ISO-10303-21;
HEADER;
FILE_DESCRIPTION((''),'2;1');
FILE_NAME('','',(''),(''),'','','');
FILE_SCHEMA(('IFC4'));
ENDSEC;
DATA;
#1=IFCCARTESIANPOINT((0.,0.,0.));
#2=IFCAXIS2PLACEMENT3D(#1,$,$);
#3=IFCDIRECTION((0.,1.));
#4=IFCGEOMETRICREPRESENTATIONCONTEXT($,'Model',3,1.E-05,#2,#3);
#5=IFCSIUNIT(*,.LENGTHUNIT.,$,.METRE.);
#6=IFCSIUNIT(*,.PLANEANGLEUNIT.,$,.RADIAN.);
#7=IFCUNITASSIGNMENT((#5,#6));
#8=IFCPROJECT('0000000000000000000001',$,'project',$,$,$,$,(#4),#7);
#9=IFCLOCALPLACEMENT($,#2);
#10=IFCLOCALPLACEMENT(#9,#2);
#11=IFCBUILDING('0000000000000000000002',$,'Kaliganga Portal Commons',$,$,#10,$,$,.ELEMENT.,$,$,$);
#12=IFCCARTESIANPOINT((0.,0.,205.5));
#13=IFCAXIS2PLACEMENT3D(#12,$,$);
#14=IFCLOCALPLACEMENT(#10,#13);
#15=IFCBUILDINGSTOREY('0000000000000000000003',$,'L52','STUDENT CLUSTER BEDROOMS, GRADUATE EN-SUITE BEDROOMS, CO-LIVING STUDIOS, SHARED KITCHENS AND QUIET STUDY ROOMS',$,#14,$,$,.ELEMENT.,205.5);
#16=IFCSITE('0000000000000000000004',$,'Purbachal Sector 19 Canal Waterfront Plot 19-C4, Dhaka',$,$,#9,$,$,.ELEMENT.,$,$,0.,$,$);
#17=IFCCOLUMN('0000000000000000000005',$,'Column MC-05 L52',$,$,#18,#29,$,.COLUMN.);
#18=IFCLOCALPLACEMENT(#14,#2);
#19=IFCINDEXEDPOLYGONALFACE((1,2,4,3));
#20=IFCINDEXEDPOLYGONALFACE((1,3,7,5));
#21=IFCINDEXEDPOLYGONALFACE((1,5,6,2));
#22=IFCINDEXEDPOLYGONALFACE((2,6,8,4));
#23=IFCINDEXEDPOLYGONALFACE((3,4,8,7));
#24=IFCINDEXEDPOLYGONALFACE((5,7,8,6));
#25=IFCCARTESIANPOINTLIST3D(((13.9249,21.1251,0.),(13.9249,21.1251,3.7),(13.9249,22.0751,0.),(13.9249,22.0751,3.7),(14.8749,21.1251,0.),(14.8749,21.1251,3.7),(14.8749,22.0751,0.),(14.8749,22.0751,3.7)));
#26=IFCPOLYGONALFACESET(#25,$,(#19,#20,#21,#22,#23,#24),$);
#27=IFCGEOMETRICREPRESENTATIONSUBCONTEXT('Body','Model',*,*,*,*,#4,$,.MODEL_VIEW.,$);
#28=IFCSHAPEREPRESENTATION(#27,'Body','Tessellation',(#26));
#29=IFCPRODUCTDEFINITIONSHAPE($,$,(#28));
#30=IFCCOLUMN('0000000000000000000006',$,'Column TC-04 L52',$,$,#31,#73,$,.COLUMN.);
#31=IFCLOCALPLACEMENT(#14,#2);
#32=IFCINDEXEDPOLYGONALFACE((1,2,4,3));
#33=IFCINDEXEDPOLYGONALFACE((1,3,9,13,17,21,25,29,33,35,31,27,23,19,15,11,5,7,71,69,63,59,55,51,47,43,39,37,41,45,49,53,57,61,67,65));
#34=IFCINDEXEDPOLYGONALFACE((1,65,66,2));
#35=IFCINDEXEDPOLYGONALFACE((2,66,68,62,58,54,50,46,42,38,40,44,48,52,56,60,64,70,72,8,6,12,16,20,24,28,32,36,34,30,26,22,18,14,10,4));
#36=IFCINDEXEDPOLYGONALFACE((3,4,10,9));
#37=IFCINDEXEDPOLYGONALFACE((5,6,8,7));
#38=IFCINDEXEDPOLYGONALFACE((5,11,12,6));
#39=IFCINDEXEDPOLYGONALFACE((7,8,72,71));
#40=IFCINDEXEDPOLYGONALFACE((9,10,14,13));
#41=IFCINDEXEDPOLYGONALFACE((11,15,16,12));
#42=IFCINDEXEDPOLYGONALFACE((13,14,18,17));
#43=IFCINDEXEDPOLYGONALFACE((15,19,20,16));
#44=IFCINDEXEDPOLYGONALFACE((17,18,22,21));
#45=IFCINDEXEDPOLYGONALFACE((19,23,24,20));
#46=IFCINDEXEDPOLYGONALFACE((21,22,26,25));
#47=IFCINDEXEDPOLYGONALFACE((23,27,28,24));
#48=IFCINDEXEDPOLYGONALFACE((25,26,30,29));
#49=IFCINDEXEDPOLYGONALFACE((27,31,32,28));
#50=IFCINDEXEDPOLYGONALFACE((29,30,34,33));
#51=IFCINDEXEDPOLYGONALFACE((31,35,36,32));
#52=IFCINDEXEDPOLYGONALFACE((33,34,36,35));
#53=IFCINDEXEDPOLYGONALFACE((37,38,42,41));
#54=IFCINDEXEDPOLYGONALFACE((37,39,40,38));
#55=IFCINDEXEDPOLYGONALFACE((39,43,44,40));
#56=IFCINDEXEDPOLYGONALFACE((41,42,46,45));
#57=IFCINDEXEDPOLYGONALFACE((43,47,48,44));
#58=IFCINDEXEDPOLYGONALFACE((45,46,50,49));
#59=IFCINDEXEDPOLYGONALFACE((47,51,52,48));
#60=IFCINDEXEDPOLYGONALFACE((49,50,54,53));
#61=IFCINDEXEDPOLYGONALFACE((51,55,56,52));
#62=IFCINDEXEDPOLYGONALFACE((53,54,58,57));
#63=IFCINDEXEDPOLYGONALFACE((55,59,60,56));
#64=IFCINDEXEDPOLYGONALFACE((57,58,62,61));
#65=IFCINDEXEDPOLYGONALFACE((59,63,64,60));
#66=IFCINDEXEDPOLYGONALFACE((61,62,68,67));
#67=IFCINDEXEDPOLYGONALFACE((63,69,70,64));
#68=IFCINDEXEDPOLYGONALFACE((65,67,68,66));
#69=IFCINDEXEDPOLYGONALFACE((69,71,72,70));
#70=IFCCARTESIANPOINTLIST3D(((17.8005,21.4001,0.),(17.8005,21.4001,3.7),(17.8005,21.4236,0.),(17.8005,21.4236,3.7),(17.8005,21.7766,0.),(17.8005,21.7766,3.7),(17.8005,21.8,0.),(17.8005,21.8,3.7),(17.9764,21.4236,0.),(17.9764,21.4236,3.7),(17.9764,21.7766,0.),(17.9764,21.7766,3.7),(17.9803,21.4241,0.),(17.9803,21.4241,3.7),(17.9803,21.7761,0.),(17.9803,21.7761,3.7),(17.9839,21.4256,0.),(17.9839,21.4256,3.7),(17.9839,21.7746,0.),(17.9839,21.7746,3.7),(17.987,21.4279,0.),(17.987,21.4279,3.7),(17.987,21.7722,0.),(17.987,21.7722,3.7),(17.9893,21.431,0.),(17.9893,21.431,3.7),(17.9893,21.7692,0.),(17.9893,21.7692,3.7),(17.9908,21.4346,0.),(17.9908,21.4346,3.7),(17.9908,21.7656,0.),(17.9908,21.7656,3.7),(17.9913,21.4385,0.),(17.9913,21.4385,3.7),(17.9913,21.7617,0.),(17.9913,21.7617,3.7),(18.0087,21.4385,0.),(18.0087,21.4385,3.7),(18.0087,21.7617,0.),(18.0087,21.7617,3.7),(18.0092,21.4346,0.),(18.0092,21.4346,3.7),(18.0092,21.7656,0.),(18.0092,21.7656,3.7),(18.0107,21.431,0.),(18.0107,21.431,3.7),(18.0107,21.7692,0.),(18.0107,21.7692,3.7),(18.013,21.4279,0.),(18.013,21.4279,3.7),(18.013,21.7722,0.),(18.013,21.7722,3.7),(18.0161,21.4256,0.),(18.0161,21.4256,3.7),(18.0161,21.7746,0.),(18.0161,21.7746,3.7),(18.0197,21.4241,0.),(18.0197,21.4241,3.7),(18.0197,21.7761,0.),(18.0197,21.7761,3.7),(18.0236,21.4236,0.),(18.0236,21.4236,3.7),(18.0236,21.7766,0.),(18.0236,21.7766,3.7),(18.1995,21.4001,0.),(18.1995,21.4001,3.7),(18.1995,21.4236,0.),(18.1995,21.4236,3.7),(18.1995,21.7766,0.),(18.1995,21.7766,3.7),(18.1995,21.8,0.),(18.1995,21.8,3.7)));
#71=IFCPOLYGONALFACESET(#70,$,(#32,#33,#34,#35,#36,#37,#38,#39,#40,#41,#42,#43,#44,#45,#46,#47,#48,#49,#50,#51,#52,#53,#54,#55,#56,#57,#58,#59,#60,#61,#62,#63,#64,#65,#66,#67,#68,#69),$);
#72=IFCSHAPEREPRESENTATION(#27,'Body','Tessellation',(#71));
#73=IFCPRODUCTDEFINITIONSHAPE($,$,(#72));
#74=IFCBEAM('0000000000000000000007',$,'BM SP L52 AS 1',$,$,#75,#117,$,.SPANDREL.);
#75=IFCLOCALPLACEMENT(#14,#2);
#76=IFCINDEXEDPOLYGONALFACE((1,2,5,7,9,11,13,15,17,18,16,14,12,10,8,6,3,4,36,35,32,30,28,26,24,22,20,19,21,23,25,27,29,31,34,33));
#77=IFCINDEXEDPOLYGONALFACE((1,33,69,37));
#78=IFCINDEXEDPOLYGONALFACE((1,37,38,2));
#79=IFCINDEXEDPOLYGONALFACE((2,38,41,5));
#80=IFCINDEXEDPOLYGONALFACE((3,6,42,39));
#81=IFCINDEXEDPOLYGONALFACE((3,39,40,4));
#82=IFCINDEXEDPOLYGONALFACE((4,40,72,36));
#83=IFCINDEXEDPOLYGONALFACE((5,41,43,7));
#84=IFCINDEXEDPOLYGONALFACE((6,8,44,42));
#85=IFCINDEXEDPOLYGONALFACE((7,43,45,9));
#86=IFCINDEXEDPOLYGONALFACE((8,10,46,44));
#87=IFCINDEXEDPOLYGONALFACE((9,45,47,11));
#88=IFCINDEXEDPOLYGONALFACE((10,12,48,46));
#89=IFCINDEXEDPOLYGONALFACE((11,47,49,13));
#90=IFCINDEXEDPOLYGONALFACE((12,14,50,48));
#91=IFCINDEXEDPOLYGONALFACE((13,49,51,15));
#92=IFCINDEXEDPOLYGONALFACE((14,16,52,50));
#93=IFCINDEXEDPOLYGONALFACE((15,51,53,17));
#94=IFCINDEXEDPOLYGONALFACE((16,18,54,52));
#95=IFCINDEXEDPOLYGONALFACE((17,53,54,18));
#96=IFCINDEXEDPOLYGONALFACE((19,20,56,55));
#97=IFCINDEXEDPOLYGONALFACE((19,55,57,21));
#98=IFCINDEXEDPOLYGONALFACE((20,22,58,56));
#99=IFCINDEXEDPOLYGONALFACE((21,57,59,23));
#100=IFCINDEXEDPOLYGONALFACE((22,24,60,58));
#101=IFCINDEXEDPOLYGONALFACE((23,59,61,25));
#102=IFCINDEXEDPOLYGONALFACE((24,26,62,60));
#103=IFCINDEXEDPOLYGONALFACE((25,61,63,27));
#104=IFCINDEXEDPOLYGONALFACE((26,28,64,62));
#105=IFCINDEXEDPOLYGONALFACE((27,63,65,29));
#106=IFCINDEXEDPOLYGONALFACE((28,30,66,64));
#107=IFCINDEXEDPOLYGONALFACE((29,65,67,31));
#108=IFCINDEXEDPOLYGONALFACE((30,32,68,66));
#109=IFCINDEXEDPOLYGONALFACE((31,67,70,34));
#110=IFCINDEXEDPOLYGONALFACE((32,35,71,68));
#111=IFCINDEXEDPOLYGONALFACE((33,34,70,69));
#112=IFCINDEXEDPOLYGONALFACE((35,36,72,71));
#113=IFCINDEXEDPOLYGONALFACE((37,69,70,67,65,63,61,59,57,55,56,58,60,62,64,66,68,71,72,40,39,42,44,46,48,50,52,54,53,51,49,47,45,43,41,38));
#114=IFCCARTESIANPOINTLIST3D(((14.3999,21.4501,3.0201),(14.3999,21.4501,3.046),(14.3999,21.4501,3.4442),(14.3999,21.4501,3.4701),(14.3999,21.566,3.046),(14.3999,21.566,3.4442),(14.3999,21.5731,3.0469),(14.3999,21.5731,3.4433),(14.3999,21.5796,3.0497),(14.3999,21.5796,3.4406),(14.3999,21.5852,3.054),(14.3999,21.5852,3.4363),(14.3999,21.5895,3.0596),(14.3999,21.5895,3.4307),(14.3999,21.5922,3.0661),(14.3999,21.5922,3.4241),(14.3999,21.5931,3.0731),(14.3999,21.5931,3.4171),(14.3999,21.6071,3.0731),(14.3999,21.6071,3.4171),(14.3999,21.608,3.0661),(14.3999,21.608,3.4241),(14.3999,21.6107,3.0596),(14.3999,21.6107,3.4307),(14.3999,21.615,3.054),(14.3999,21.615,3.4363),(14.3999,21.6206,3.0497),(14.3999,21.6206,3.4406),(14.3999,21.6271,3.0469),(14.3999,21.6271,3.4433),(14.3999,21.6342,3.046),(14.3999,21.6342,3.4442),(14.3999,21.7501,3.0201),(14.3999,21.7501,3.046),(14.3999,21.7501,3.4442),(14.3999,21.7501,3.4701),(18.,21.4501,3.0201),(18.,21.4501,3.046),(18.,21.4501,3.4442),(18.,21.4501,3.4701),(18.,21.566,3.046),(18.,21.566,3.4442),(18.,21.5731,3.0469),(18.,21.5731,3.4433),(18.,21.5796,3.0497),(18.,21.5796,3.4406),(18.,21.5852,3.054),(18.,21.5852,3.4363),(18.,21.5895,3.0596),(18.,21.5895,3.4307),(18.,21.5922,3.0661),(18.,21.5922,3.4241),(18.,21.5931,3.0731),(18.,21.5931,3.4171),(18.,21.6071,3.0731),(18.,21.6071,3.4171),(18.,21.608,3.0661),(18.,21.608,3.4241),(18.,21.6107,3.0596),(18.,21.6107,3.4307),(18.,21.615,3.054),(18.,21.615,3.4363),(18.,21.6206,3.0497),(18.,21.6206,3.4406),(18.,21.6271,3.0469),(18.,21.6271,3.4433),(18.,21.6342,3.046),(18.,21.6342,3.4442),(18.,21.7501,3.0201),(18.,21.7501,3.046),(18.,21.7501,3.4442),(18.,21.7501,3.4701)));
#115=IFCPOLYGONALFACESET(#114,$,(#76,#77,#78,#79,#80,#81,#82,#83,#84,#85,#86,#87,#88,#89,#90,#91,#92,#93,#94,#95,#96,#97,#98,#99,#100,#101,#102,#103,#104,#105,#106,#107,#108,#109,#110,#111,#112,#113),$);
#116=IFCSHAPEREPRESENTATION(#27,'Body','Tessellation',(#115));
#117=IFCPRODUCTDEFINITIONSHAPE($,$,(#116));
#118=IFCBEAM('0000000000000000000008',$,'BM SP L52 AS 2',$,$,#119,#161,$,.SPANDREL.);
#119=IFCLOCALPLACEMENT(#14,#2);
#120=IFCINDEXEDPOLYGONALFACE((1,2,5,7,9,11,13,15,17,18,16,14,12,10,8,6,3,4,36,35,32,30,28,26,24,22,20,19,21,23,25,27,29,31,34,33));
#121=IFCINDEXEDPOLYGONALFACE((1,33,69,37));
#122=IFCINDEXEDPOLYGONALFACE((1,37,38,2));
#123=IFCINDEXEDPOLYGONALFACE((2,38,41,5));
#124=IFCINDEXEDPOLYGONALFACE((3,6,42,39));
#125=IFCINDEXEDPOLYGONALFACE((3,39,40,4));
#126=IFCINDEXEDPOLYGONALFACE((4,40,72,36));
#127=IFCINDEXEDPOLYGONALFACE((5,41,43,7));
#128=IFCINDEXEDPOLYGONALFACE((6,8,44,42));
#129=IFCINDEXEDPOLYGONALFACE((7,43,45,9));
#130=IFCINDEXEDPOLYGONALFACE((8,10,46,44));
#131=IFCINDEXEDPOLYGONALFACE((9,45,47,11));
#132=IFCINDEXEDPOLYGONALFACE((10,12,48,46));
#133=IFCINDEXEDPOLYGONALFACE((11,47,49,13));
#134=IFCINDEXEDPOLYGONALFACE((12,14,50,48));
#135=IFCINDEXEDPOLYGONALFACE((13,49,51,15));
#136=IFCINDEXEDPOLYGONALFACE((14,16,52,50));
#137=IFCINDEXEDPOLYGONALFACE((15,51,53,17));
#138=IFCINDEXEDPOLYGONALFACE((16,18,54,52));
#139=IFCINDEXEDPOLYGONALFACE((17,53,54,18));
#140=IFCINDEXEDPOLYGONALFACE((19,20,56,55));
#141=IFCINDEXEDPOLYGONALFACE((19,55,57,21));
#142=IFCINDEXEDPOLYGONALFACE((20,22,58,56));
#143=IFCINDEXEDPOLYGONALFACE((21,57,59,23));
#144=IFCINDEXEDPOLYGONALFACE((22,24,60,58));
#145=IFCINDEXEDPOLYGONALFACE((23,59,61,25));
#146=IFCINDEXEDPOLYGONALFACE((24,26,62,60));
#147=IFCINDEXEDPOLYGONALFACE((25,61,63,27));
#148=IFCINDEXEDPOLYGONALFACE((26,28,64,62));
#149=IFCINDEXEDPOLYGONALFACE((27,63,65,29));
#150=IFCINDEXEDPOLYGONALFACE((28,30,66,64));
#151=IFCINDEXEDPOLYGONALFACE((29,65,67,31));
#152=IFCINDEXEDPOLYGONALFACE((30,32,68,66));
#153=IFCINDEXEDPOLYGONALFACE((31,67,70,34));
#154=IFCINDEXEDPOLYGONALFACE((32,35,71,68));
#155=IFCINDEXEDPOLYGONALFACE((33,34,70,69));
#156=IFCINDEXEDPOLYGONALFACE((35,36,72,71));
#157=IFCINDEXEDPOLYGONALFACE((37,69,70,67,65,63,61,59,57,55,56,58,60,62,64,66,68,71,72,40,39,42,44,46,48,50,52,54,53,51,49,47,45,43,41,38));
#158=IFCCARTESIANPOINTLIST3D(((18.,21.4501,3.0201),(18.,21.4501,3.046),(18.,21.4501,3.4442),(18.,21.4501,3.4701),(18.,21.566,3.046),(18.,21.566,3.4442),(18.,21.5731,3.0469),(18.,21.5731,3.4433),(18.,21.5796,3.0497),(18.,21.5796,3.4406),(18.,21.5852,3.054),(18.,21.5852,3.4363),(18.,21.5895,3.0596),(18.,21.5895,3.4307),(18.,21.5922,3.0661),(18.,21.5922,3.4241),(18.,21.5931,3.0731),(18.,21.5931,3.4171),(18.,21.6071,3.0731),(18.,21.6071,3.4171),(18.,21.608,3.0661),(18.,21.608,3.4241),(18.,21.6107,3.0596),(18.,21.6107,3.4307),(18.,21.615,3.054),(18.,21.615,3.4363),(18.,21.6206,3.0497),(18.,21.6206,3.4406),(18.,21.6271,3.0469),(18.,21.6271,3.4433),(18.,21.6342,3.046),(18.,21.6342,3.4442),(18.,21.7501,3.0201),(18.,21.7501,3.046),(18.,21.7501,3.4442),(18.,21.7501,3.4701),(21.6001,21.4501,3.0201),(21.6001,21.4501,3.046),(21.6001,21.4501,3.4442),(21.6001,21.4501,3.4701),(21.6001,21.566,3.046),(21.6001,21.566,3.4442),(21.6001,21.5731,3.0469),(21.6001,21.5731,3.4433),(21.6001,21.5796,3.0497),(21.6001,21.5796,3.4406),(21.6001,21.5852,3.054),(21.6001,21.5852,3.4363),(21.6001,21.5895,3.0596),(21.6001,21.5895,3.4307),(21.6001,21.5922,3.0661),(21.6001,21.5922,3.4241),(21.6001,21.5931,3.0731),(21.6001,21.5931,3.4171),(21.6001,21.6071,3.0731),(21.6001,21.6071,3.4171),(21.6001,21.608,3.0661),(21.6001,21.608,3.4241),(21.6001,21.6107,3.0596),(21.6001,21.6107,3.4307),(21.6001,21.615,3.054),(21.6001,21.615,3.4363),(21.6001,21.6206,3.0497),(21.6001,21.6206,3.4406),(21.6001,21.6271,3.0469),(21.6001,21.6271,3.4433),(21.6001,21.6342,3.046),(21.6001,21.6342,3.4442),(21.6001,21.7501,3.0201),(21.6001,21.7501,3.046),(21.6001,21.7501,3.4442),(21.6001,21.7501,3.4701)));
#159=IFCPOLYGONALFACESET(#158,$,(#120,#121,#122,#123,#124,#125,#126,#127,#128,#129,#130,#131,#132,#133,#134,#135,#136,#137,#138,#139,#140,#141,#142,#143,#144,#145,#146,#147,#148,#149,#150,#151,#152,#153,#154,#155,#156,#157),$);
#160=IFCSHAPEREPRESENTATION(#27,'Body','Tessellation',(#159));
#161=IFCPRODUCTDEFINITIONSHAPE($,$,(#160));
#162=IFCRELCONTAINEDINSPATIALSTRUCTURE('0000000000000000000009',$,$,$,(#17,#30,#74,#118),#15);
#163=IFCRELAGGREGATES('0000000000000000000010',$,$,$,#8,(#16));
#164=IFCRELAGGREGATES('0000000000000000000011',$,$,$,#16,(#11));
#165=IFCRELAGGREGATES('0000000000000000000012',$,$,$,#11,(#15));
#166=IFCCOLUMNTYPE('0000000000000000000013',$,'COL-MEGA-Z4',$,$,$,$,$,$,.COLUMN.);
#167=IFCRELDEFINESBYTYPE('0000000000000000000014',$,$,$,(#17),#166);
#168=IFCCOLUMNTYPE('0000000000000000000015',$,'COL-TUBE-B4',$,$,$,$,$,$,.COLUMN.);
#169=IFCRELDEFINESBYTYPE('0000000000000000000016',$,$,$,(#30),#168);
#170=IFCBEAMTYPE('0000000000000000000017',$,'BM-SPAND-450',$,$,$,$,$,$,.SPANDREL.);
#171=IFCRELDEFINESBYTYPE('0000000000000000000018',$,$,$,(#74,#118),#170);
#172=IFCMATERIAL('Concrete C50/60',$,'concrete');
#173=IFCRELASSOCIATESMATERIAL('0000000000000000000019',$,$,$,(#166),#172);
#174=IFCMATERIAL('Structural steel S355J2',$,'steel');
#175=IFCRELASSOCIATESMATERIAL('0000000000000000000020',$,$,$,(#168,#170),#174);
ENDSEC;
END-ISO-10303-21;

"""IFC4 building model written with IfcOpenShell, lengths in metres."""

from ifc_helpers import new_model, si_unit, direction, frame, origin, origin_2d, place, context, subcontext, project, spatial, rectangle, i_section, extrude, source, transform, mapped, material, material_profile, profile_set, type_object, element, save


model = new_model("IFC4")

# Units and contexts
model_context = context("Model", 3, precision=1e-05, world=origin(), true_north=direction((0.0, 1.0)))
body_context = subcontext(model_context, "Body", "Model", "MODEL_VIEW")
ifc_project = project(units=[si_unit("LENGTHUNIT", "METRE"), si_unit("PLANEANGLEUNIT", "RADIAN")], contexts=[model_context])

# Site, building, storey
site_placement = place(None, origin())
site = spatial("IfcSite", under=ifc_project, at=site_placement, Name="Purbachal Sector 19 Canal Waterfront Plot 19-C4, Dhaka", CompositionType="ELEMENT", RefElevation=0.0)
building_placement = place(site_placement, origin())
building = spatial("IfcBuilding", under=site, at=building_placement, Name="Kaliganga Portal Commons", CompositionType="ELEMENT")
storey_placement = place(building_placement, frame((0.0, 0.0, 205.5)))
storey = spatial("IfcBuildingStorey", under=building, at=storey_placement, Name="L52", Description="STUDENT CLUSTER BEDROOMS, GRADUATE EN-SUITE BEDROOMS, CO-LIVING STUDIOS, SHARED KITCHENS AND QUIET STUDY ROOMS", CompositionType="ELEMENT", Elevation=205.5)

# Columns
ifc_material_1 = material(Name="Concrete C50/60", Category="concrete")
ifc_material_profile_1 = material_profile(ifc_material_1, rectangle(XDim=0.95, YDim=0.95, at=origin_2d()), Name="RC 950x950")
ifc_profile_set_1 = profile_set([ifc_material_profile_1], Name="Concrete C50/60")
column_type_1 = type_object("IfcColumnType", Name="COL-MEGA-Z4", PredefinedType="COLUMN", material=ifc_profile_set_1)
shared_shape_1 = source(origin(), body_context, "Body", "SweptSolid", [
    extrude(rectangle(XDim=0.95, YDim=0.95, at=origin_2d()), origin(), (0.0, 0.0, 1.0), 3.7),
])
column_1_placement = place(storey_placement, frame((14.3999, 21.6001, 0.0), z_axis=(0.0, 0.0, 1.0), x_axis=(1.0, 0.0, 0.0)))
element("IfcColumn", 1, at=column_1_placement, inside=storey, type_object=column_type_1, Name="Column MC-05 L52", PredefinedType="COLUMN", context=body_context, shape_type="MappedRepresentation", body=[
    mapped(shared_shape_1, transform((0.0, 0.0, 0.0), x_axis=(1.0, 0.0, 0.0), y_axis=(0.0, 1.0, 0.0), z_axis=(0.0, 0.0, 1.0), scale=1.0)),
])
ifc_material_2 = material(Name="Structural steel S355J2", Category="steel")
ifc_material_profile_2 = material_profile(ifc_material_2, i_section(OverallWidth=0.3989, OverallDepth=0.3999, WebThickness=0.0173, FlangeThickness=0.0234, FilletRadius=0.0149, at=origin_2d()), Name="HD 400x287")
ifc_profile_set_2 = profile_set([ifc_material_profile_2], Name="Structural steel S355J2 wide-flange")
column_type_2 = type_object("IfcColumnType", Name="COL-TUBE-B4", PredefinedType="COLUMN", material=ifc_profile_set_2)
shared_shape_2 = source(origin(), body_context, "Body", "SweptSolid", [
    extrude(i_section(OverallWidth=0.3989, OverallDepth=0.3999, WebThickness=0.0173, FlangeThickness=0.0234, FilletRadius=0.0149, at=origin_2d()), origin(), (0.0, 0.0, 1.0), 3.7),
])
column_2_placement = place(storey_placement, frame((18.0, 21.6001, 0.0), z_axis=(0.0, 0.0, 1.0), x_axis=(1.0, 0.0, 0.0)))
element("IfcColumn", 2, at=column_2_placement, inside=storey, type_object=column_type_2, Name="Column TC-04 L52", PredefinedType="COLUMN", context=body_context, shape_type="MappedRepresentation", body=[
    mapped(shared_shape_2, transform((0.0, 0.0, 0.0), x_axis=(1.0, 0.0, 0.0), y_axis=(0.0, 1.0, 0.0), z_axis=(0.0, 0.0, 1.0), scale=1.0)),
])

# Beams
ifc_material_profile_3 = material_profile(ifc_material_2, i_section(OverallWidth=0.3, OverallDepth=0.45, WebThickness=0.0139, FlangeThickness=0.0259, FilletRadius=0.0271, at=origin_2d()), Name="HE 450 B")
ifc_profile_set_3 = profile_set([ifc_material_profile_3], Name="Structural steel S355J2 wide-flange")
beam_type_1 = type_object("IfcBeamType", Name="BM-SPAND-450", PredefinedType="SPANDREL", material=ifc_profile_set_3)
shared_shape_3 = source(origin(), body_context, "Body", "SweptSolid", [
    extrude(i_section(OverallWidth=0.3, OverallDepth=0.45, WebThickness=0.0139, FlangeThickness=0.0259, FilletRadius=0.0271, at=origin_2d()), origin(), (0.0, 0.0, 1.0), 3.6001),
])
for number, where, z_axis, x_axis, name in (
    (3, (14.3999, 21.6001, 3.2451), (1.0, 0.0, 0.0), (0.0, 1.0, 0.0), "BM SP L52 AS 1"),
    (4, (18.0, 21.6001, 3.2451), (1.0, 0.0, 0.0), (0.0, 1.0, 0.0), "BM SP L52 AS 2"),
):
    element("IfcBeam", number, at=place(storey_placement, frame(where, z_axis=z_axis, x_axis=x_axis)), inside=storey, type_object=beam_type_1, Name=name, PredefinedType="SPANDREL", context=body_context, shape_type="MappedRepresentation", body=[
        mapped(shared_shape_3, transform((0.0, 0.0, 0.0), x_axis=(1.0, 0.0, 0.0), y_axis=(0.0, 1.0, 0.0), z_axis=(0.0, 0.0, 1.0), scale=1.0)),
    ])

save(model, "model.ifc")
